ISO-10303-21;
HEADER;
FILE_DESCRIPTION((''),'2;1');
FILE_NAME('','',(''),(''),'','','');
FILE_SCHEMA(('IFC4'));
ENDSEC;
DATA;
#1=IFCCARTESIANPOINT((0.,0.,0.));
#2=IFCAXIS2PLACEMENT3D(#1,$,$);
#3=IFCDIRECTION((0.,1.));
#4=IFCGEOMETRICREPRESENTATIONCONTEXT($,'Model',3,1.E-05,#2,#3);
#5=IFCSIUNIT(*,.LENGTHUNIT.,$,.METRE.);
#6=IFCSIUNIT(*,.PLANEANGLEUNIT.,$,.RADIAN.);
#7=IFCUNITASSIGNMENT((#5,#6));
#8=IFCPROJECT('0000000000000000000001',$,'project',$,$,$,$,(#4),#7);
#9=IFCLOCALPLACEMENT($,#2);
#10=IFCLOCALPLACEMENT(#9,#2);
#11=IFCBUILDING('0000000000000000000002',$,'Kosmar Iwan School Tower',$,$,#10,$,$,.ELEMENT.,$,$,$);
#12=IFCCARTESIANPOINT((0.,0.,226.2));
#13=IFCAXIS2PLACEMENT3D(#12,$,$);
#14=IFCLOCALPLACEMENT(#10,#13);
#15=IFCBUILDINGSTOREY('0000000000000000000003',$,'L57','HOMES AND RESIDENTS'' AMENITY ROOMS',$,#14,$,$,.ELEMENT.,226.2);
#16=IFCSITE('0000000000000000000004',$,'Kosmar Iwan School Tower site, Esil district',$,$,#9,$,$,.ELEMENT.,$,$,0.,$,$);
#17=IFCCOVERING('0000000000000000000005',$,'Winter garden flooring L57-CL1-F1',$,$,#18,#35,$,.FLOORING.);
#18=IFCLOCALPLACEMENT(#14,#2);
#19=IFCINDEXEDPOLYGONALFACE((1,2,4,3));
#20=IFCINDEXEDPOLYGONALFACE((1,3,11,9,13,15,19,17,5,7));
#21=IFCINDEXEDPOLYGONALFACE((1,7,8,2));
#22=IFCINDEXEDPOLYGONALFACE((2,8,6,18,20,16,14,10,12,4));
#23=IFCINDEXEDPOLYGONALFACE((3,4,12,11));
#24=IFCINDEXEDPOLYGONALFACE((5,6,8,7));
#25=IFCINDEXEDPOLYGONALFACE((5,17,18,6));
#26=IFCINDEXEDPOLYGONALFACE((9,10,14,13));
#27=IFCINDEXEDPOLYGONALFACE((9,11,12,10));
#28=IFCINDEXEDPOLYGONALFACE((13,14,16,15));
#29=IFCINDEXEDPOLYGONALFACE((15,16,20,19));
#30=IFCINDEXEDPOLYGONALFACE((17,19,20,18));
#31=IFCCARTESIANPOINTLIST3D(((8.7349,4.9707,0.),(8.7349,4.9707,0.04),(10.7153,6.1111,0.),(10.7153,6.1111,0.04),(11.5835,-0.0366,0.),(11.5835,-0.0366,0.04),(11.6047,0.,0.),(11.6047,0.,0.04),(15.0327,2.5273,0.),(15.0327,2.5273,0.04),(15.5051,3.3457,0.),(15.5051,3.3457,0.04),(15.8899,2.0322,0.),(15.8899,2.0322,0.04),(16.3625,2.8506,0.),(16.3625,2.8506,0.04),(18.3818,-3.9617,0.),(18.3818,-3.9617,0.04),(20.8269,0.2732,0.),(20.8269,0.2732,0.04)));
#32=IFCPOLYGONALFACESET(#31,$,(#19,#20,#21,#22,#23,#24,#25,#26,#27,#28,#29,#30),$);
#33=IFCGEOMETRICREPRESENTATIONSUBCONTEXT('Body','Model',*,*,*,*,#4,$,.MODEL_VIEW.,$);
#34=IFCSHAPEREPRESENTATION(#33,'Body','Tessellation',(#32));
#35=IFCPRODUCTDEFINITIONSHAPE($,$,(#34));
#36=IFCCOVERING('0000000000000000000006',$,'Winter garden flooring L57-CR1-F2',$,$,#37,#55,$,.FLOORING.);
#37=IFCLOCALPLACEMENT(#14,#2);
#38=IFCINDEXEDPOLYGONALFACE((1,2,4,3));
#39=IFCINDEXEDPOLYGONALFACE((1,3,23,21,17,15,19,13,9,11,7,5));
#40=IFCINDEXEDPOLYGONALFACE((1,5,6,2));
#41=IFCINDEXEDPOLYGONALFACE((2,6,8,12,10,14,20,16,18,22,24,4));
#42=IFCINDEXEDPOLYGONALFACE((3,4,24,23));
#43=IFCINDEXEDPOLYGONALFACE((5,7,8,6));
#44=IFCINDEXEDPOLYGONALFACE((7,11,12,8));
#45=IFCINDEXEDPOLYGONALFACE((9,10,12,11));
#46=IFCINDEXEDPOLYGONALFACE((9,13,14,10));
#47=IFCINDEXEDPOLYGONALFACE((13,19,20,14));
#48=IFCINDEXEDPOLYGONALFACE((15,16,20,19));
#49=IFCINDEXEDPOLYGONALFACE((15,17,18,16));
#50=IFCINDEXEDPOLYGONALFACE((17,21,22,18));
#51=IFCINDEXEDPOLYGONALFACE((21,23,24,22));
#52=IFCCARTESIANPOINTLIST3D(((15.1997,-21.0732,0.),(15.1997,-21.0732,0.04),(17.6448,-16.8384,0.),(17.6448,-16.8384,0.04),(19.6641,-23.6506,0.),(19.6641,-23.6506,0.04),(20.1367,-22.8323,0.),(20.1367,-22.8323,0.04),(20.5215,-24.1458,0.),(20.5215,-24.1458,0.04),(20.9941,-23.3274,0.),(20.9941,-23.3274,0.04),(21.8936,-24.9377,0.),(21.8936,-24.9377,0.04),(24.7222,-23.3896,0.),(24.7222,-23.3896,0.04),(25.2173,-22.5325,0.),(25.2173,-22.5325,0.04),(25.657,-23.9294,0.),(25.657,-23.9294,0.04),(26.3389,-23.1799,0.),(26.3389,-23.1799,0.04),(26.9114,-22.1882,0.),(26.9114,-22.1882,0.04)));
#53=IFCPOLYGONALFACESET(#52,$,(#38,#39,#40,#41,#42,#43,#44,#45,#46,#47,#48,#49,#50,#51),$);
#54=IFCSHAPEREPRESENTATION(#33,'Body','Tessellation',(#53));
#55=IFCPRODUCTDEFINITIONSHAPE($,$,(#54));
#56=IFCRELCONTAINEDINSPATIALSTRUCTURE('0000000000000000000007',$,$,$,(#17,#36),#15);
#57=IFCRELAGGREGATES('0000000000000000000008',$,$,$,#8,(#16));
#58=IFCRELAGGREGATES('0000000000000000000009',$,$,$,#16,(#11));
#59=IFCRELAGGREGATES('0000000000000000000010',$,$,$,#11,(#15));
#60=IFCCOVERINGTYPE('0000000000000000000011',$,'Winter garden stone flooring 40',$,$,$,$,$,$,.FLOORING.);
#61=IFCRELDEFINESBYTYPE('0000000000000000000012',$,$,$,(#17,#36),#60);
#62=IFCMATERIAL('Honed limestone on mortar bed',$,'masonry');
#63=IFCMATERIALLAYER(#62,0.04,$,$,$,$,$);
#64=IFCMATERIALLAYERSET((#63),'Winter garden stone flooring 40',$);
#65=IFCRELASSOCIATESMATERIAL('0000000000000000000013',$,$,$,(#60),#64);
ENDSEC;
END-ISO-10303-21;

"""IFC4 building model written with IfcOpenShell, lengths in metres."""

from ifc_helpers import new_model, si_unit, direction, frame, origin, place, context, subcontext, project, spatial, polyline, outline, extrude, material, layer, layer_set, type_object, element, save


model = new_model("IFC4")

# Units and contexts
model_context = context("Model", 3, precision=1e-05, world=origin(), true_north=direction((0.0, 1.0)))
body_context = subcontext(model_context, "Body", "Model", "MODEL_VIEW")
ifc_project = project(units=[si_unit("LENGTHUNIT", "METRE"), si_unit("PLANEANGLEUNIT", "RADIAN")], contexts=[model_context])

# Site, building, storey
site_placement = place(None, origin())
site = spatial("IfcSite", under=ifc_project, at=site_placement, Name="Kosmar Iwan School Tower site, Esil district", CompositionType="ELEMENT", RefElevation=0.0)
building_placement = place(site_placement, origin())
building = spatial("IfcBuilding", under=site, at=building_placement, Name="Kosmar Iwan School Tower", CompositionType="ELEMENT")
storey_placement = place(building_placement, frame((0.0, 0.0, 226.2)))
storey = spatial("IfcBuildingStorey", under=building, at=storey_placement, Name="L57", Description="HOMES AND RESIDENTS' AMENITY ROOMS", CompositionType="ELEMENT", Elevation=226.2)

# Coverings
ifc_material_1 = material(Name="Honed limestone on mortar bed", Category="masonry")
ifc_layer_1 = layer(ifc_material_1, 0.04)
ifc_layer_set_1 = layer_set([ifc_layer_1], Name="Winter garden stone flooring 40")
covering_type = type_object("IfcCoveringType", Name="Winter garden stone flooring 40", PredefinedType="FLOORING", material=ifc_layer_set_1)
covering_1_placement = place(storey_placement, origin())
element("IfcCovering", 1, at=covering_1_placement, inside=storey, type_object=covering_type, Name="Winter garden flooring L57-CL1-F1", PredefinedType="FLOORING", context=body_context, shape_type="SweptSolid", body=[
    extrude(outline(polyline([(18.3818, -3.9617), (20.8269, 0.2732), (16.3625, 2.8506), (15.8899, 2.0322), (15.0327, 2.5273), (15.5051, 3.3457), (10.7153, 6.1111), (8.7349, 4.9707), (11.6047, 0.0), (11.5835, -0.0366), (18.3818, -3.9617)])), origin(), (0.0, 0.0, 1.0), 0.04),
])
covering_2_placement = place(storey_placement, origin())
element("IfcCovering", 2, at=covering_2_placement, inside=storey, type_object=covering_type, Name="Winter garden flooring L57-CR1-F2", PredefinedType="FLOORING", context=body_context, shape_type="SweptSolid", body=[
    extrude(outline(polyline([(21.8936, -24.9377), (25.657, -23.9294), (24.7222, -23.3896), (25.2173, -22.5325), (26.3389, -23.1799), (26.9114, -22.1882), (17.6448, -16.8384), (15.1997, -21.0732), (19.6641, -23.6506), (20.1367, -22.8323), (20.9941, -23.3274), (20.5215, -24.1458), (21.8936, -24.9377)])), origin(), (0.0, 0.0, 1.0), 0.04),
])

save(model, "model.ifc")
